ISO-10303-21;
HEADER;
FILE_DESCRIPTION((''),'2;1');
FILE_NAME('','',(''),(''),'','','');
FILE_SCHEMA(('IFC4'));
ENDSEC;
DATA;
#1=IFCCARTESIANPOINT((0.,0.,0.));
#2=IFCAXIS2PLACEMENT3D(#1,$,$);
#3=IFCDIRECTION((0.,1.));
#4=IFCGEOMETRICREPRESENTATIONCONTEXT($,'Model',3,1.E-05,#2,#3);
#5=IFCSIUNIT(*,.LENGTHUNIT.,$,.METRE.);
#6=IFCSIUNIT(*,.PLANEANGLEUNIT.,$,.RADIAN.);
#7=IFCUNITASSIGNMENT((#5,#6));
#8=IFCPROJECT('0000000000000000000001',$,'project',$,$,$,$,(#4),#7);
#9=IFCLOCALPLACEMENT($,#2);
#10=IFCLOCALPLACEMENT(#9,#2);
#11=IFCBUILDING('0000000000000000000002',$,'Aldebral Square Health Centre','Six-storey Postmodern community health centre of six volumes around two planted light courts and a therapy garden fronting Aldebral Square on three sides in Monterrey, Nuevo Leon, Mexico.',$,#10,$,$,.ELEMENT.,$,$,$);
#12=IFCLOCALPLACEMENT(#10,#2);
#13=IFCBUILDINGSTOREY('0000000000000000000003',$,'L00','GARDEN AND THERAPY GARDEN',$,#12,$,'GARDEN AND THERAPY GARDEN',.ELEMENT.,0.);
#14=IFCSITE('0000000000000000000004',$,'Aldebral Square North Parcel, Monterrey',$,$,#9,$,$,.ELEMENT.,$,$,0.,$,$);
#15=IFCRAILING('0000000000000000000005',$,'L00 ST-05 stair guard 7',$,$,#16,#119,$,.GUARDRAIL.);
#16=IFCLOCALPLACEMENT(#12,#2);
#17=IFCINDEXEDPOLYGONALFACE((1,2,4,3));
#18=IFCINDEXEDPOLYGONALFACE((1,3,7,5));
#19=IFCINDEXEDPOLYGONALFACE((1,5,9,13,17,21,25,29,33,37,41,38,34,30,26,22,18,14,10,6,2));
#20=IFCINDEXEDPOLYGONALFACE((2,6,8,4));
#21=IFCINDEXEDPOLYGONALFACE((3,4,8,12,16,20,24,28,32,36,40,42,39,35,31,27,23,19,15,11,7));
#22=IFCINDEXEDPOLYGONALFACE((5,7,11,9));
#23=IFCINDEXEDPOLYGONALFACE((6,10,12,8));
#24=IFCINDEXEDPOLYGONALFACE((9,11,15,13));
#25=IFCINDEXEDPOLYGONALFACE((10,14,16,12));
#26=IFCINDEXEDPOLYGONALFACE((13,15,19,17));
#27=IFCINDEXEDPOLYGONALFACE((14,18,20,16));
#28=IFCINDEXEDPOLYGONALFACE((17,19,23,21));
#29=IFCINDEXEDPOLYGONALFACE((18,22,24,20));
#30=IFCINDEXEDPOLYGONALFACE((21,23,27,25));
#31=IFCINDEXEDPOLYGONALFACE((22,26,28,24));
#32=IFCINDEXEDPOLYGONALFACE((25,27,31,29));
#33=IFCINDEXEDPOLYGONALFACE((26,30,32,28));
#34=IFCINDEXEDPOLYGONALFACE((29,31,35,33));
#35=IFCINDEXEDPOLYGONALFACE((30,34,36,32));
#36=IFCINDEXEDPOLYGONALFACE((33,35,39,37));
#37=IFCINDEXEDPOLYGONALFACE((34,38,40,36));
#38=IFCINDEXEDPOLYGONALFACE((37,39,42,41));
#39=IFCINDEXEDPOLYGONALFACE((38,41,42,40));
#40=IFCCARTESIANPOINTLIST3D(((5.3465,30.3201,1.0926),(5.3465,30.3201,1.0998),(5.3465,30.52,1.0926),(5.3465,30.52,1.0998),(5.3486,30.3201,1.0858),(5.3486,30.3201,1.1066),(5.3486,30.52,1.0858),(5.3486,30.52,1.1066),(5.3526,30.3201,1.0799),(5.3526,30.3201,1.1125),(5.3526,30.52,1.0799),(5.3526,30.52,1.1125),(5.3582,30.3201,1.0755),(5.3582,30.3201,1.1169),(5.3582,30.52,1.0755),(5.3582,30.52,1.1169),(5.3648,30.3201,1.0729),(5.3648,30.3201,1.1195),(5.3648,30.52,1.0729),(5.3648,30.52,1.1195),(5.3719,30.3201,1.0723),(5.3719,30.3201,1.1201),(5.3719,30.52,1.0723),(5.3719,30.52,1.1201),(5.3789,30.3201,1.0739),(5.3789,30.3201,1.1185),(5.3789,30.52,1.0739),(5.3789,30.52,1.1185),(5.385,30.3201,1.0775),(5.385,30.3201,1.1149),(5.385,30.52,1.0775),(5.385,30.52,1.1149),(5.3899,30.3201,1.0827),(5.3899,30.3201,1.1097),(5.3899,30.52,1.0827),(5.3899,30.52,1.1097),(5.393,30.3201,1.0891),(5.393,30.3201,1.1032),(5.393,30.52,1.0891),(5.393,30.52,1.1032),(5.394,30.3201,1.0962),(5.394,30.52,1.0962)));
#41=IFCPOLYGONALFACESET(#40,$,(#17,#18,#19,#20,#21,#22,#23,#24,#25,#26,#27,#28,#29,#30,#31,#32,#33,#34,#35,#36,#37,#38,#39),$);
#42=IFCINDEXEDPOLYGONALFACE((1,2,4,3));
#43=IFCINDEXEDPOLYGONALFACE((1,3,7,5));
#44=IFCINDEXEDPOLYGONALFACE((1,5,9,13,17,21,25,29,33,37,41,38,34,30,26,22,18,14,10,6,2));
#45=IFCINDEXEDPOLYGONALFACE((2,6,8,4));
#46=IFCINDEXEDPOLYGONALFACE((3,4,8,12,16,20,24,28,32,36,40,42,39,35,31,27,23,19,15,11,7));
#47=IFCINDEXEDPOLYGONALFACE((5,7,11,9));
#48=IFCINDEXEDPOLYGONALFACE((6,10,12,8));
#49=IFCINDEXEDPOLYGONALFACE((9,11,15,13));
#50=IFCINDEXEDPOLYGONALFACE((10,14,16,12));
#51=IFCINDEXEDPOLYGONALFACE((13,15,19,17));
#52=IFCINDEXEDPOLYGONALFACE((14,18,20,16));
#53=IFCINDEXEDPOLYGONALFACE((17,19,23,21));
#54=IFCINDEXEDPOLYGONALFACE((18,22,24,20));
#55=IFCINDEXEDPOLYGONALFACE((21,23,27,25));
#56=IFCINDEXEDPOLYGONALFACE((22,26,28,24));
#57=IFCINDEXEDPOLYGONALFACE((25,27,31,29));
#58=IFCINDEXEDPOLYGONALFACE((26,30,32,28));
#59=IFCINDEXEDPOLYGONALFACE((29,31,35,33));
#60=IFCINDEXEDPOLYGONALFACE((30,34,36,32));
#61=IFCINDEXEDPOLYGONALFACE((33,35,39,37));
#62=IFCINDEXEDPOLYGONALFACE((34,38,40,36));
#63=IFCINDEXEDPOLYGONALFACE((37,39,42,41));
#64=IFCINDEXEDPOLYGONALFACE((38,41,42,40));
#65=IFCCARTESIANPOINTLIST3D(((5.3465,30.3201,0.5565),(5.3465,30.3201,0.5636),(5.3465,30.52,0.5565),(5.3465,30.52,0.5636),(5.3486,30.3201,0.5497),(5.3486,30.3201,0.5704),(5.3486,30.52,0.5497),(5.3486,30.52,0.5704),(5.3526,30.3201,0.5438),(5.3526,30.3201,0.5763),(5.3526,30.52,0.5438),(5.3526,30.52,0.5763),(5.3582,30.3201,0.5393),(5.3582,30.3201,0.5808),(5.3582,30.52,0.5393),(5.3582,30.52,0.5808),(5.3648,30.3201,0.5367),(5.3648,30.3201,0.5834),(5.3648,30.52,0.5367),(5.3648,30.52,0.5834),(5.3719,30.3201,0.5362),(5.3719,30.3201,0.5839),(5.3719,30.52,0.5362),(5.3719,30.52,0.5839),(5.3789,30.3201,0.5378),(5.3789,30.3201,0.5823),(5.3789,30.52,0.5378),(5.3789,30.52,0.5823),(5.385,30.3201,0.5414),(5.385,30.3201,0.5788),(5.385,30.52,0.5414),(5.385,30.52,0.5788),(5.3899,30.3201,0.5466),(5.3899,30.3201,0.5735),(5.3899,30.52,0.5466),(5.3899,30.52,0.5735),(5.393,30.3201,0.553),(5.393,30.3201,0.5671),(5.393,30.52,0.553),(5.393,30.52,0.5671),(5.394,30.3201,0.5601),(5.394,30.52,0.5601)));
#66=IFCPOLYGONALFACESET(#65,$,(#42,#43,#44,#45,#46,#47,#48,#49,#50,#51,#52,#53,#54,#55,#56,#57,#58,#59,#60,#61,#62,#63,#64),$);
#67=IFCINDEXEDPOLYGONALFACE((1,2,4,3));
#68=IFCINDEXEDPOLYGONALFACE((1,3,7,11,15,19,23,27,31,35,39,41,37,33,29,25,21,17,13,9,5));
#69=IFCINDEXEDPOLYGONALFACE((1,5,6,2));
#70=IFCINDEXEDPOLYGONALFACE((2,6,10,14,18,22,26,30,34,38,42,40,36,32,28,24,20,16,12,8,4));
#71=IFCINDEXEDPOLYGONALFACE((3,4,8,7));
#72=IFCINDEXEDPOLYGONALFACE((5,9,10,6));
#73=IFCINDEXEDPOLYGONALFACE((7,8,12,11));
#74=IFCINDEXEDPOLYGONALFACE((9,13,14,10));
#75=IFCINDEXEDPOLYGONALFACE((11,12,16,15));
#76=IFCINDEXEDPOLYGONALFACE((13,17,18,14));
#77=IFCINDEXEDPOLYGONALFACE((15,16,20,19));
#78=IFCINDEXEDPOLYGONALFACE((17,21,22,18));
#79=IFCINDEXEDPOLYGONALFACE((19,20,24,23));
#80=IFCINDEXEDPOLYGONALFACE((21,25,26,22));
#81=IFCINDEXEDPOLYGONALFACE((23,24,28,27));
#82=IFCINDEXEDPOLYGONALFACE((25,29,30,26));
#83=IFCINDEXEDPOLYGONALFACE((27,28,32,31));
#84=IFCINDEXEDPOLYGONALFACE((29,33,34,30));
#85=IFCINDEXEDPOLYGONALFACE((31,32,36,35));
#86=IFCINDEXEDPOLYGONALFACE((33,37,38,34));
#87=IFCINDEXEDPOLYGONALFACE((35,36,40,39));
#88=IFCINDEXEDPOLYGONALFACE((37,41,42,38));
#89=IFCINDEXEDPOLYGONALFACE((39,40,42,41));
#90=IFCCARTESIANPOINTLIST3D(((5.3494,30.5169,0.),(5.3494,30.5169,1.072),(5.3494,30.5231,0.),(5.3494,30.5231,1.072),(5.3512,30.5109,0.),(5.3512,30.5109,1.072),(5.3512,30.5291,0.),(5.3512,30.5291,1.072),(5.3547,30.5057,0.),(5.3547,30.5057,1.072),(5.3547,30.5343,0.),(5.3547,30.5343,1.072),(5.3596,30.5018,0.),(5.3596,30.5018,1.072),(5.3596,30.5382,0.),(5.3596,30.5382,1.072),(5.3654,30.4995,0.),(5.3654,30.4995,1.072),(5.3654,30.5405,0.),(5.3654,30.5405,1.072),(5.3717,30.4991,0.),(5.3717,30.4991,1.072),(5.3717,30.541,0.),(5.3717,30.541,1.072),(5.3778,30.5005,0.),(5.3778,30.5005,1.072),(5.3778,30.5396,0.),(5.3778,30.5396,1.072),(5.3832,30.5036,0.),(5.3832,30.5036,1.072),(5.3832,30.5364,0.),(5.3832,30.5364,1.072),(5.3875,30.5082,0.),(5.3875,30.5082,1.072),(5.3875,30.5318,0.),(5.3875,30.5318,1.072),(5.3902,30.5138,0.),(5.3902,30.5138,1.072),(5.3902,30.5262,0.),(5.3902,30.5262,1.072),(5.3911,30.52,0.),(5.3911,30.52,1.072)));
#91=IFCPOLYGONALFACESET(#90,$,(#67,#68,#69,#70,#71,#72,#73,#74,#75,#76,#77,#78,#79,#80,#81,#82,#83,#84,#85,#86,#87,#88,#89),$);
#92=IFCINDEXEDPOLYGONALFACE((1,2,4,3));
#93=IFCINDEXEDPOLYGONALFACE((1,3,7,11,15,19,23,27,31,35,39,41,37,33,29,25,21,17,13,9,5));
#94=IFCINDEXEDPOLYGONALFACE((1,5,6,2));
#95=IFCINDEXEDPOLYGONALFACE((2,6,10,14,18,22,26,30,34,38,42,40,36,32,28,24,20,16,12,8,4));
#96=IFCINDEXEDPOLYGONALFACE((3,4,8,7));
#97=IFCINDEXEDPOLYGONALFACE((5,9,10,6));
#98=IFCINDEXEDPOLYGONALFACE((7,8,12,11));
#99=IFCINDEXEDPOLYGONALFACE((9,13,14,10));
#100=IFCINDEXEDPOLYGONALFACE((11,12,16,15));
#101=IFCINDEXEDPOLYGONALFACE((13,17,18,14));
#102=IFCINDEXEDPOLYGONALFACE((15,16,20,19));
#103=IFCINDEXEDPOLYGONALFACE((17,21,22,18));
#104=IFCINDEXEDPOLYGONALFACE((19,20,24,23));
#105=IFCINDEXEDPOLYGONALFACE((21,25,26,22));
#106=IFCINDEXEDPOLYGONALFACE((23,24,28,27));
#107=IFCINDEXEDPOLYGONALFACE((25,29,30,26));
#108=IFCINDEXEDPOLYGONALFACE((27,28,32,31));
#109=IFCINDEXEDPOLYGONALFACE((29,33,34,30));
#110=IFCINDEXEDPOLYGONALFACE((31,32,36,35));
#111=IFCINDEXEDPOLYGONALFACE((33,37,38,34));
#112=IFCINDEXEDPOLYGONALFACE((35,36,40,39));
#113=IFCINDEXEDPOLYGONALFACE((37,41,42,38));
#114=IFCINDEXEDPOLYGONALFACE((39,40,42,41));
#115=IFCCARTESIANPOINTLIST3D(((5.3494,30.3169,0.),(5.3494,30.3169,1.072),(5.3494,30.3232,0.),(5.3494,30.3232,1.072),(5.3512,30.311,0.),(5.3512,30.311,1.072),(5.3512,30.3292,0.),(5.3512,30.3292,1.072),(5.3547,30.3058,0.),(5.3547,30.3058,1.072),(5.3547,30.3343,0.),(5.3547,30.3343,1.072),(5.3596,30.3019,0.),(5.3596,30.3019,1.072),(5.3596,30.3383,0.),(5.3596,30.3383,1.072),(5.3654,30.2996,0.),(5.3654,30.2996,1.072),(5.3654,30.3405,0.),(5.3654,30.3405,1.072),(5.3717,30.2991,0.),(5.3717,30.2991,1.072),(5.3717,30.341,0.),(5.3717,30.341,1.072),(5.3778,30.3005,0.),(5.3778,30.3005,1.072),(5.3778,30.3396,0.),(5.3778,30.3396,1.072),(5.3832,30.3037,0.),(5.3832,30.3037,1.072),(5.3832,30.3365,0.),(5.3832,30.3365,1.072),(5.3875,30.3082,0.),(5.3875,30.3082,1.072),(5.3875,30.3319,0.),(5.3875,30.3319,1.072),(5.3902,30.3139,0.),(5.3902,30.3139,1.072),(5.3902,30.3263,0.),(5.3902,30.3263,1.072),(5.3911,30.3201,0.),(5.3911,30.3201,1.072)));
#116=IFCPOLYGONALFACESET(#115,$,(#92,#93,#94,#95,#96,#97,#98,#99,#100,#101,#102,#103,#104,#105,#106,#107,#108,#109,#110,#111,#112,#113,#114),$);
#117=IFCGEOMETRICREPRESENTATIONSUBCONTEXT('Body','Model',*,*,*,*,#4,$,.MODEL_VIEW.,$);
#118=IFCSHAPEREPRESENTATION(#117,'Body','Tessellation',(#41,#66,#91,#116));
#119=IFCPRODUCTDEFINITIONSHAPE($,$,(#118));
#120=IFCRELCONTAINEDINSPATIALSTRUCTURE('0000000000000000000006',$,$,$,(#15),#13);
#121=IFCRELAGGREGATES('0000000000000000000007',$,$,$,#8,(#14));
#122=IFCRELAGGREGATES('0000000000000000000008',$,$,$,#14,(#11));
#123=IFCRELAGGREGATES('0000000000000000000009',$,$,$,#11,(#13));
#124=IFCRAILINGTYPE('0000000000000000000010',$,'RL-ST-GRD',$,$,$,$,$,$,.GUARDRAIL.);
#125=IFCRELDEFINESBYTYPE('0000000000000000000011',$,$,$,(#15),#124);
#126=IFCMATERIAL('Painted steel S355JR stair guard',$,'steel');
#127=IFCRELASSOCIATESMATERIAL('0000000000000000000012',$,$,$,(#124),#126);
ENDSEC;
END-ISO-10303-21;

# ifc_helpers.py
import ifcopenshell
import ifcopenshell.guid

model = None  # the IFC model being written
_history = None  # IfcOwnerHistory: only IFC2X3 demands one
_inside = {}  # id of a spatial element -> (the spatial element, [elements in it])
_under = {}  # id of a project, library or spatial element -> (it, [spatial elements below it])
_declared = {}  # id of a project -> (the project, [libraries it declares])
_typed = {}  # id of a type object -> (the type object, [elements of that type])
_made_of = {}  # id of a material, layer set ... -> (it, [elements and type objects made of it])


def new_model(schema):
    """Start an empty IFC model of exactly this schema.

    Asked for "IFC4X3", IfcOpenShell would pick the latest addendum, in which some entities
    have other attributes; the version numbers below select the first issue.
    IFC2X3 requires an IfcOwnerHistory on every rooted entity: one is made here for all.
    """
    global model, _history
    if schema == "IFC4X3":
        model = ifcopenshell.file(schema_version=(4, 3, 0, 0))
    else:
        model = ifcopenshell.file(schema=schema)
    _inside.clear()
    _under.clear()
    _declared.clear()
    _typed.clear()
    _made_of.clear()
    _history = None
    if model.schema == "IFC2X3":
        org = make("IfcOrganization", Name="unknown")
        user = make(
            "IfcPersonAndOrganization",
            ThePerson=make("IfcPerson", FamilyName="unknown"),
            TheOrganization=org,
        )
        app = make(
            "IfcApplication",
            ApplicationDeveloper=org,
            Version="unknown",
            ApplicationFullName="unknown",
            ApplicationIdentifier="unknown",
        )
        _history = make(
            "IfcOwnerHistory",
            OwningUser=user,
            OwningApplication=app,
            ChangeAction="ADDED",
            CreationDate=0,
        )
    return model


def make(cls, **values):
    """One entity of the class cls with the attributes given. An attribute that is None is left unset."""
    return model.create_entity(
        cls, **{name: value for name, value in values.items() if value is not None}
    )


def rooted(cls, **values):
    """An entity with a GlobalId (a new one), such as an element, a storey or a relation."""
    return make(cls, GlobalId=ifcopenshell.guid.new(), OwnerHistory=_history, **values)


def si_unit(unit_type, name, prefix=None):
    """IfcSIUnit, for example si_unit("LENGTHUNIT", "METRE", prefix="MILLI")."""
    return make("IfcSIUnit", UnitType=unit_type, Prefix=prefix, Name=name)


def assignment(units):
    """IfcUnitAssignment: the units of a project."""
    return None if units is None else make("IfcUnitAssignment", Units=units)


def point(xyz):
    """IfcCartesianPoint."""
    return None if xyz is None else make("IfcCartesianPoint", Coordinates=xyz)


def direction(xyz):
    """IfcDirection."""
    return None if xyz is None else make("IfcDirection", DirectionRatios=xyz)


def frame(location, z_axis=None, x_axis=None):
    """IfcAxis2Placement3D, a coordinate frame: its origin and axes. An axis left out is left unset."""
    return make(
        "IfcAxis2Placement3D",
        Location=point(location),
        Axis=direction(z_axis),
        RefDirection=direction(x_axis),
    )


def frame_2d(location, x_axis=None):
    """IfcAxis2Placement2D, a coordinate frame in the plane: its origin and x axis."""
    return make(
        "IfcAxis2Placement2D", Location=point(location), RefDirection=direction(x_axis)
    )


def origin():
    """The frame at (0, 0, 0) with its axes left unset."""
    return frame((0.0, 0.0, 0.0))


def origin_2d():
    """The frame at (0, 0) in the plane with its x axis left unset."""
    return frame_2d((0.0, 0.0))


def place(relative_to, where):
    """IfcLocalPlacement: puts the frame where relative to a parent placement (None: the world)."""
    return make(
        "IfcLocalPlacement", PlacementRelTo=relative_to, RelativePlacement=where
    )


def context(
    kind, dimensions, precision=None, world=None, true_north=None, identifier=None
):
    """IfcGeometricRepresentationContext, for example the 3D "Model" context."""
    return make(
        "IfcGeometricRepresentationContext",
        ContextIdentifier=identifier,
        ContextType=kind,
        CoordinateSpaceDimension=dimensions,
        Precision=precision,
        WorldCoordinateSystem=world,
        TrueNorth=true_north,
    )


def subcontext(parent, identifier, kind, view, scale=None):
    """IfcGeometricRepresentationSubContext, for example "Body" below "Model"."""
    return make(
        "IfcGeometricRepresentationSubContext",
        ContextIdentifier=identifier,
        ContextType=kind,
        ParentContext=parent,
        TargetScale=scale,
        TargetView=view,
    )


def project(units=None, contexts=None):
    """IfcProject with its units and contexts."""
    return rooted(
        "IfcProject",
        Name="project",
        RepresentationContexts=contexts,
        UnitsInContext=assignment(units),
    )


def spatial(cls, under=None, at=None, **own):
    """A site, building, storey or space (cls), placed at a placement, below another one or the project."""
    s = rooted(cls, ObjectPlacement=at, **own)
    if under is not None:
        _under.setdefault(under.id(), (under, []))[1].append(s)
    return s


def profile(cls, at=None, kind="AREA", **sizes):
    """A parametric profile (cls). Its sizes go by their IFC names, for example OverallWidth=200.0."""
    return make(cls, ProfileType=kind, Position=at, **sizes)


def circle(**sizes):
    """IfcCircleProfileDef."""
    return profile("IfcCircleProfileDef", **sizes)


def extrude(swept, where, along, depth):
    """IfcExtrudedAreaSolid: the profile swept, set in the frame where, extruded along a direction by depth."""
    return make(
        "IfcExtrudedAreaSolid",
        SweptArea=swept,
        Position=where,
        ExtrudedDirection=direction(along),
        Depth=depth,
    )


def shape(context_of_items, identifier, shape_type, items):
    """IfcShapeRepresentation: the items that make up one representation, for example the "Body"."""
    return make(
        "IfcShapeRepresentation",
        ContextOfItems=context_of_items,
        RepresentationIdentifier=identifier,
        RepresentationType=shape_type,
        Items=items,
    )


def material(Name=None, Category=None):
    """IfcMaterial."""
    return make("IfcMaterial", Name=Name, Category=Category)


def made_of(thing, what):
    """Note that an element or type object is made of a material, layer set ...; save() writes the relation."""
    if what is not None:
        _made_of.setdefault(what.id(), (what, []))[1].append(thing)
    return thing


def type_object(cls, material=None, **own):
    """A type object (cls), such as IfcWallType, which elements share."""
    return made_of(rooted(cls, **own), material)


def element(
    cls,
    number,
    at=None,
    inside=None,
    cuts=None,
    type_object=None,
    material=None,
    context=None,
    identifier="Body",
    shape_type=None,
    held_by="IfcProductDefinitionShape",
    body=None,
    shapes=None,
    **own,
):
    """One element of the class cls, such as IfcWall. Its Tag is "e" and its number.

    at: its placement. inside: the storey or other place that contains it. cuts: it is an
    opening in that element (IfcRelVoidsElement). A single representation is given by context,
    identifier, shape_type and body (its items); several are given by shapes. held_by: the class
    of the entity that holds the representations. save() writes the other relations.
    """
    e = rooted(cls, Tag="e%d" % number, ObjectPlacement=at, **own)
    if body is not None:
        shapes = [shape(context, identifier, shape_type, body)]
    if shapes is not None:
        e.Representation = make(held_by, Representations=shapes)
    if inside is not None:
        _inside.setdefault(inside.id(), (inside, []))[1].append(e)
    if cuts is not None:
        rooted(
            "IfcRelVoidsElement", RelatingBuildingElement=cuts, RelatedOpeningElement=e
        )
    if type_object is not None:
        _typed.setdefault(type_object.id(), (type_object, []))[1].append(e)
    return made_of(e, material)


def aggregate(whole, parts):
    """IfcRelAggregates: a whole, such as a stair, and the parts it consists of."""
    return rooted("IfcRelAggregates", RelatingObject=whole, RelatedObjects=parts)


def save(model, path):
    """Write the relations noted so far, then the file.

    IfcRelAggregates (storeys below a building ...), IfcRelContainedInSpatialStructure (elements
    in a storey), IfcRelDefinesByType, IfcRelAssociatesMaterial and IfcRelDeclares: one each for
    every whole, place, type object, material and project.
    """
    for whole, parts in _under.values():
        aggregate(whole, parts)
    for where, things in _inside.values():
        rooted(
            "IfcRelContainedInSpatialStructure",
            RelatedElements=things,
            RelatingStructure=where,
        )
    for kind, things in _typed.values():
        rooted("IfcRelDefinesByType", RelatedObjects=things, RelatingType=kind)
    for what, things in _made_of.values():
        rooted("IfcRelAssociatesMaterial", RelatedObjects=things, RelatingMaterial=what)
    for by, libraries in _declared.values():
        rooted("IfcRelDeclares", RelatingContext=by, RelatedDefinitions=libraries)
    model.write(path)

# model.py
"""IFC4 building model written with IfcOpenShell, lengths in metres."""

from ifc_helpers import new_model, si_unit, direction, frame, origin, origin_2d, place, context, subcontext, project, spatial, circle, extrude, material, type_object, element, save


model = new_model("IFC4")

# Units and contexts
model_context = context("Model", 3, precision=1e-05, world=origin(), true_north=direction((0.0, 1.0)))
body_context = subcontext(model_context, "Body", "Model", "MODEL_VIEW")
ifc_project = project(units=[si_unit("LENGTHUNIT", "METRE"), si_unit("PLANEANGLEUNIT", "RADIAN")], contexts=[model_context])

# Site, building, storey
site_placement = place(None, origin())
site = spatial("IfcSite", under=ifc_project, at=site_placement, Name="Aldebral Square North Parcel, Monterrey", CompositionType="ELEMENT", RefElevation=0.0)
building_placement = place(site_placement, origin())
building = spatial("IfcBuilding", under=site, at=building_placement, Name="Aldebral Square Health Centre", Description="Six-storey Postmodern community health centre of six volumes around two planted light courts and a therapy garden fronting Aldebral Square on three sides in Monterrey, Nuevo Leon, Mexico.", CompositionType="ELEMENT")
storey_placement = place(building_placement, origin())
storey = spatial("IfcBuildingStorey", under=building, at=storey_placement, Name="L00", Description="GARDEN AND THERAPY GARDEN", LongName="GARDEN AND THERAPY GARDEN", CompositionType="ELEMENT", Elevation=0.0)

# Railing
ifc_material_1 = material(Name="Painted steel S355JR stair guard", Category="steel")
railing_type_1 = type_object("IfcRailingType", Name="RL-ST-GRD", PredefinedType="GUARDRAIL", material=ifc_material_1)
railing_1_placement = place(storey_placement, frame((5.3701, 30.52, 0.0)))
element("IfcRailing", 1, at=railing_1_placement, inside=storey, type_object=railing_type_1, Name="L00 ST-05 stair guard 7", PredefinedType="GUARDRAIL", context=body_context, shape_type="SweptSolid", body=[
    extrude(circle(Radius=0.0239, at=origin_2d()), frame((0.0, 0.0, 1.0962), z_axis=(0.0, -1.0, 0.0), x_axis=(1.0, 0.0, 0.0)), (0.0, 0.0, 1.0), 0.2),
    extrude(circle(Radius=0.0239, at=origin_2d()), frame((0.0, 0.0, 0.5601), z_axis=(0.0, -1.0, 0.0), x_axis=(1.0, 0.0, 0.0)), (0.0, 0.0, 1.0), 0.2),
    extrude(circle(Radius=0.021, at=origin_2d()), origin(), (0.0, 0.0, 1.0), 1.072),
    extrude(circle(Radius=0.021, at=origin_2d()), frame((0.0, -0.2, 0.0)), (0.0, 0.0, 1.0), 1.072),
])

save(model, "model.ifc")
